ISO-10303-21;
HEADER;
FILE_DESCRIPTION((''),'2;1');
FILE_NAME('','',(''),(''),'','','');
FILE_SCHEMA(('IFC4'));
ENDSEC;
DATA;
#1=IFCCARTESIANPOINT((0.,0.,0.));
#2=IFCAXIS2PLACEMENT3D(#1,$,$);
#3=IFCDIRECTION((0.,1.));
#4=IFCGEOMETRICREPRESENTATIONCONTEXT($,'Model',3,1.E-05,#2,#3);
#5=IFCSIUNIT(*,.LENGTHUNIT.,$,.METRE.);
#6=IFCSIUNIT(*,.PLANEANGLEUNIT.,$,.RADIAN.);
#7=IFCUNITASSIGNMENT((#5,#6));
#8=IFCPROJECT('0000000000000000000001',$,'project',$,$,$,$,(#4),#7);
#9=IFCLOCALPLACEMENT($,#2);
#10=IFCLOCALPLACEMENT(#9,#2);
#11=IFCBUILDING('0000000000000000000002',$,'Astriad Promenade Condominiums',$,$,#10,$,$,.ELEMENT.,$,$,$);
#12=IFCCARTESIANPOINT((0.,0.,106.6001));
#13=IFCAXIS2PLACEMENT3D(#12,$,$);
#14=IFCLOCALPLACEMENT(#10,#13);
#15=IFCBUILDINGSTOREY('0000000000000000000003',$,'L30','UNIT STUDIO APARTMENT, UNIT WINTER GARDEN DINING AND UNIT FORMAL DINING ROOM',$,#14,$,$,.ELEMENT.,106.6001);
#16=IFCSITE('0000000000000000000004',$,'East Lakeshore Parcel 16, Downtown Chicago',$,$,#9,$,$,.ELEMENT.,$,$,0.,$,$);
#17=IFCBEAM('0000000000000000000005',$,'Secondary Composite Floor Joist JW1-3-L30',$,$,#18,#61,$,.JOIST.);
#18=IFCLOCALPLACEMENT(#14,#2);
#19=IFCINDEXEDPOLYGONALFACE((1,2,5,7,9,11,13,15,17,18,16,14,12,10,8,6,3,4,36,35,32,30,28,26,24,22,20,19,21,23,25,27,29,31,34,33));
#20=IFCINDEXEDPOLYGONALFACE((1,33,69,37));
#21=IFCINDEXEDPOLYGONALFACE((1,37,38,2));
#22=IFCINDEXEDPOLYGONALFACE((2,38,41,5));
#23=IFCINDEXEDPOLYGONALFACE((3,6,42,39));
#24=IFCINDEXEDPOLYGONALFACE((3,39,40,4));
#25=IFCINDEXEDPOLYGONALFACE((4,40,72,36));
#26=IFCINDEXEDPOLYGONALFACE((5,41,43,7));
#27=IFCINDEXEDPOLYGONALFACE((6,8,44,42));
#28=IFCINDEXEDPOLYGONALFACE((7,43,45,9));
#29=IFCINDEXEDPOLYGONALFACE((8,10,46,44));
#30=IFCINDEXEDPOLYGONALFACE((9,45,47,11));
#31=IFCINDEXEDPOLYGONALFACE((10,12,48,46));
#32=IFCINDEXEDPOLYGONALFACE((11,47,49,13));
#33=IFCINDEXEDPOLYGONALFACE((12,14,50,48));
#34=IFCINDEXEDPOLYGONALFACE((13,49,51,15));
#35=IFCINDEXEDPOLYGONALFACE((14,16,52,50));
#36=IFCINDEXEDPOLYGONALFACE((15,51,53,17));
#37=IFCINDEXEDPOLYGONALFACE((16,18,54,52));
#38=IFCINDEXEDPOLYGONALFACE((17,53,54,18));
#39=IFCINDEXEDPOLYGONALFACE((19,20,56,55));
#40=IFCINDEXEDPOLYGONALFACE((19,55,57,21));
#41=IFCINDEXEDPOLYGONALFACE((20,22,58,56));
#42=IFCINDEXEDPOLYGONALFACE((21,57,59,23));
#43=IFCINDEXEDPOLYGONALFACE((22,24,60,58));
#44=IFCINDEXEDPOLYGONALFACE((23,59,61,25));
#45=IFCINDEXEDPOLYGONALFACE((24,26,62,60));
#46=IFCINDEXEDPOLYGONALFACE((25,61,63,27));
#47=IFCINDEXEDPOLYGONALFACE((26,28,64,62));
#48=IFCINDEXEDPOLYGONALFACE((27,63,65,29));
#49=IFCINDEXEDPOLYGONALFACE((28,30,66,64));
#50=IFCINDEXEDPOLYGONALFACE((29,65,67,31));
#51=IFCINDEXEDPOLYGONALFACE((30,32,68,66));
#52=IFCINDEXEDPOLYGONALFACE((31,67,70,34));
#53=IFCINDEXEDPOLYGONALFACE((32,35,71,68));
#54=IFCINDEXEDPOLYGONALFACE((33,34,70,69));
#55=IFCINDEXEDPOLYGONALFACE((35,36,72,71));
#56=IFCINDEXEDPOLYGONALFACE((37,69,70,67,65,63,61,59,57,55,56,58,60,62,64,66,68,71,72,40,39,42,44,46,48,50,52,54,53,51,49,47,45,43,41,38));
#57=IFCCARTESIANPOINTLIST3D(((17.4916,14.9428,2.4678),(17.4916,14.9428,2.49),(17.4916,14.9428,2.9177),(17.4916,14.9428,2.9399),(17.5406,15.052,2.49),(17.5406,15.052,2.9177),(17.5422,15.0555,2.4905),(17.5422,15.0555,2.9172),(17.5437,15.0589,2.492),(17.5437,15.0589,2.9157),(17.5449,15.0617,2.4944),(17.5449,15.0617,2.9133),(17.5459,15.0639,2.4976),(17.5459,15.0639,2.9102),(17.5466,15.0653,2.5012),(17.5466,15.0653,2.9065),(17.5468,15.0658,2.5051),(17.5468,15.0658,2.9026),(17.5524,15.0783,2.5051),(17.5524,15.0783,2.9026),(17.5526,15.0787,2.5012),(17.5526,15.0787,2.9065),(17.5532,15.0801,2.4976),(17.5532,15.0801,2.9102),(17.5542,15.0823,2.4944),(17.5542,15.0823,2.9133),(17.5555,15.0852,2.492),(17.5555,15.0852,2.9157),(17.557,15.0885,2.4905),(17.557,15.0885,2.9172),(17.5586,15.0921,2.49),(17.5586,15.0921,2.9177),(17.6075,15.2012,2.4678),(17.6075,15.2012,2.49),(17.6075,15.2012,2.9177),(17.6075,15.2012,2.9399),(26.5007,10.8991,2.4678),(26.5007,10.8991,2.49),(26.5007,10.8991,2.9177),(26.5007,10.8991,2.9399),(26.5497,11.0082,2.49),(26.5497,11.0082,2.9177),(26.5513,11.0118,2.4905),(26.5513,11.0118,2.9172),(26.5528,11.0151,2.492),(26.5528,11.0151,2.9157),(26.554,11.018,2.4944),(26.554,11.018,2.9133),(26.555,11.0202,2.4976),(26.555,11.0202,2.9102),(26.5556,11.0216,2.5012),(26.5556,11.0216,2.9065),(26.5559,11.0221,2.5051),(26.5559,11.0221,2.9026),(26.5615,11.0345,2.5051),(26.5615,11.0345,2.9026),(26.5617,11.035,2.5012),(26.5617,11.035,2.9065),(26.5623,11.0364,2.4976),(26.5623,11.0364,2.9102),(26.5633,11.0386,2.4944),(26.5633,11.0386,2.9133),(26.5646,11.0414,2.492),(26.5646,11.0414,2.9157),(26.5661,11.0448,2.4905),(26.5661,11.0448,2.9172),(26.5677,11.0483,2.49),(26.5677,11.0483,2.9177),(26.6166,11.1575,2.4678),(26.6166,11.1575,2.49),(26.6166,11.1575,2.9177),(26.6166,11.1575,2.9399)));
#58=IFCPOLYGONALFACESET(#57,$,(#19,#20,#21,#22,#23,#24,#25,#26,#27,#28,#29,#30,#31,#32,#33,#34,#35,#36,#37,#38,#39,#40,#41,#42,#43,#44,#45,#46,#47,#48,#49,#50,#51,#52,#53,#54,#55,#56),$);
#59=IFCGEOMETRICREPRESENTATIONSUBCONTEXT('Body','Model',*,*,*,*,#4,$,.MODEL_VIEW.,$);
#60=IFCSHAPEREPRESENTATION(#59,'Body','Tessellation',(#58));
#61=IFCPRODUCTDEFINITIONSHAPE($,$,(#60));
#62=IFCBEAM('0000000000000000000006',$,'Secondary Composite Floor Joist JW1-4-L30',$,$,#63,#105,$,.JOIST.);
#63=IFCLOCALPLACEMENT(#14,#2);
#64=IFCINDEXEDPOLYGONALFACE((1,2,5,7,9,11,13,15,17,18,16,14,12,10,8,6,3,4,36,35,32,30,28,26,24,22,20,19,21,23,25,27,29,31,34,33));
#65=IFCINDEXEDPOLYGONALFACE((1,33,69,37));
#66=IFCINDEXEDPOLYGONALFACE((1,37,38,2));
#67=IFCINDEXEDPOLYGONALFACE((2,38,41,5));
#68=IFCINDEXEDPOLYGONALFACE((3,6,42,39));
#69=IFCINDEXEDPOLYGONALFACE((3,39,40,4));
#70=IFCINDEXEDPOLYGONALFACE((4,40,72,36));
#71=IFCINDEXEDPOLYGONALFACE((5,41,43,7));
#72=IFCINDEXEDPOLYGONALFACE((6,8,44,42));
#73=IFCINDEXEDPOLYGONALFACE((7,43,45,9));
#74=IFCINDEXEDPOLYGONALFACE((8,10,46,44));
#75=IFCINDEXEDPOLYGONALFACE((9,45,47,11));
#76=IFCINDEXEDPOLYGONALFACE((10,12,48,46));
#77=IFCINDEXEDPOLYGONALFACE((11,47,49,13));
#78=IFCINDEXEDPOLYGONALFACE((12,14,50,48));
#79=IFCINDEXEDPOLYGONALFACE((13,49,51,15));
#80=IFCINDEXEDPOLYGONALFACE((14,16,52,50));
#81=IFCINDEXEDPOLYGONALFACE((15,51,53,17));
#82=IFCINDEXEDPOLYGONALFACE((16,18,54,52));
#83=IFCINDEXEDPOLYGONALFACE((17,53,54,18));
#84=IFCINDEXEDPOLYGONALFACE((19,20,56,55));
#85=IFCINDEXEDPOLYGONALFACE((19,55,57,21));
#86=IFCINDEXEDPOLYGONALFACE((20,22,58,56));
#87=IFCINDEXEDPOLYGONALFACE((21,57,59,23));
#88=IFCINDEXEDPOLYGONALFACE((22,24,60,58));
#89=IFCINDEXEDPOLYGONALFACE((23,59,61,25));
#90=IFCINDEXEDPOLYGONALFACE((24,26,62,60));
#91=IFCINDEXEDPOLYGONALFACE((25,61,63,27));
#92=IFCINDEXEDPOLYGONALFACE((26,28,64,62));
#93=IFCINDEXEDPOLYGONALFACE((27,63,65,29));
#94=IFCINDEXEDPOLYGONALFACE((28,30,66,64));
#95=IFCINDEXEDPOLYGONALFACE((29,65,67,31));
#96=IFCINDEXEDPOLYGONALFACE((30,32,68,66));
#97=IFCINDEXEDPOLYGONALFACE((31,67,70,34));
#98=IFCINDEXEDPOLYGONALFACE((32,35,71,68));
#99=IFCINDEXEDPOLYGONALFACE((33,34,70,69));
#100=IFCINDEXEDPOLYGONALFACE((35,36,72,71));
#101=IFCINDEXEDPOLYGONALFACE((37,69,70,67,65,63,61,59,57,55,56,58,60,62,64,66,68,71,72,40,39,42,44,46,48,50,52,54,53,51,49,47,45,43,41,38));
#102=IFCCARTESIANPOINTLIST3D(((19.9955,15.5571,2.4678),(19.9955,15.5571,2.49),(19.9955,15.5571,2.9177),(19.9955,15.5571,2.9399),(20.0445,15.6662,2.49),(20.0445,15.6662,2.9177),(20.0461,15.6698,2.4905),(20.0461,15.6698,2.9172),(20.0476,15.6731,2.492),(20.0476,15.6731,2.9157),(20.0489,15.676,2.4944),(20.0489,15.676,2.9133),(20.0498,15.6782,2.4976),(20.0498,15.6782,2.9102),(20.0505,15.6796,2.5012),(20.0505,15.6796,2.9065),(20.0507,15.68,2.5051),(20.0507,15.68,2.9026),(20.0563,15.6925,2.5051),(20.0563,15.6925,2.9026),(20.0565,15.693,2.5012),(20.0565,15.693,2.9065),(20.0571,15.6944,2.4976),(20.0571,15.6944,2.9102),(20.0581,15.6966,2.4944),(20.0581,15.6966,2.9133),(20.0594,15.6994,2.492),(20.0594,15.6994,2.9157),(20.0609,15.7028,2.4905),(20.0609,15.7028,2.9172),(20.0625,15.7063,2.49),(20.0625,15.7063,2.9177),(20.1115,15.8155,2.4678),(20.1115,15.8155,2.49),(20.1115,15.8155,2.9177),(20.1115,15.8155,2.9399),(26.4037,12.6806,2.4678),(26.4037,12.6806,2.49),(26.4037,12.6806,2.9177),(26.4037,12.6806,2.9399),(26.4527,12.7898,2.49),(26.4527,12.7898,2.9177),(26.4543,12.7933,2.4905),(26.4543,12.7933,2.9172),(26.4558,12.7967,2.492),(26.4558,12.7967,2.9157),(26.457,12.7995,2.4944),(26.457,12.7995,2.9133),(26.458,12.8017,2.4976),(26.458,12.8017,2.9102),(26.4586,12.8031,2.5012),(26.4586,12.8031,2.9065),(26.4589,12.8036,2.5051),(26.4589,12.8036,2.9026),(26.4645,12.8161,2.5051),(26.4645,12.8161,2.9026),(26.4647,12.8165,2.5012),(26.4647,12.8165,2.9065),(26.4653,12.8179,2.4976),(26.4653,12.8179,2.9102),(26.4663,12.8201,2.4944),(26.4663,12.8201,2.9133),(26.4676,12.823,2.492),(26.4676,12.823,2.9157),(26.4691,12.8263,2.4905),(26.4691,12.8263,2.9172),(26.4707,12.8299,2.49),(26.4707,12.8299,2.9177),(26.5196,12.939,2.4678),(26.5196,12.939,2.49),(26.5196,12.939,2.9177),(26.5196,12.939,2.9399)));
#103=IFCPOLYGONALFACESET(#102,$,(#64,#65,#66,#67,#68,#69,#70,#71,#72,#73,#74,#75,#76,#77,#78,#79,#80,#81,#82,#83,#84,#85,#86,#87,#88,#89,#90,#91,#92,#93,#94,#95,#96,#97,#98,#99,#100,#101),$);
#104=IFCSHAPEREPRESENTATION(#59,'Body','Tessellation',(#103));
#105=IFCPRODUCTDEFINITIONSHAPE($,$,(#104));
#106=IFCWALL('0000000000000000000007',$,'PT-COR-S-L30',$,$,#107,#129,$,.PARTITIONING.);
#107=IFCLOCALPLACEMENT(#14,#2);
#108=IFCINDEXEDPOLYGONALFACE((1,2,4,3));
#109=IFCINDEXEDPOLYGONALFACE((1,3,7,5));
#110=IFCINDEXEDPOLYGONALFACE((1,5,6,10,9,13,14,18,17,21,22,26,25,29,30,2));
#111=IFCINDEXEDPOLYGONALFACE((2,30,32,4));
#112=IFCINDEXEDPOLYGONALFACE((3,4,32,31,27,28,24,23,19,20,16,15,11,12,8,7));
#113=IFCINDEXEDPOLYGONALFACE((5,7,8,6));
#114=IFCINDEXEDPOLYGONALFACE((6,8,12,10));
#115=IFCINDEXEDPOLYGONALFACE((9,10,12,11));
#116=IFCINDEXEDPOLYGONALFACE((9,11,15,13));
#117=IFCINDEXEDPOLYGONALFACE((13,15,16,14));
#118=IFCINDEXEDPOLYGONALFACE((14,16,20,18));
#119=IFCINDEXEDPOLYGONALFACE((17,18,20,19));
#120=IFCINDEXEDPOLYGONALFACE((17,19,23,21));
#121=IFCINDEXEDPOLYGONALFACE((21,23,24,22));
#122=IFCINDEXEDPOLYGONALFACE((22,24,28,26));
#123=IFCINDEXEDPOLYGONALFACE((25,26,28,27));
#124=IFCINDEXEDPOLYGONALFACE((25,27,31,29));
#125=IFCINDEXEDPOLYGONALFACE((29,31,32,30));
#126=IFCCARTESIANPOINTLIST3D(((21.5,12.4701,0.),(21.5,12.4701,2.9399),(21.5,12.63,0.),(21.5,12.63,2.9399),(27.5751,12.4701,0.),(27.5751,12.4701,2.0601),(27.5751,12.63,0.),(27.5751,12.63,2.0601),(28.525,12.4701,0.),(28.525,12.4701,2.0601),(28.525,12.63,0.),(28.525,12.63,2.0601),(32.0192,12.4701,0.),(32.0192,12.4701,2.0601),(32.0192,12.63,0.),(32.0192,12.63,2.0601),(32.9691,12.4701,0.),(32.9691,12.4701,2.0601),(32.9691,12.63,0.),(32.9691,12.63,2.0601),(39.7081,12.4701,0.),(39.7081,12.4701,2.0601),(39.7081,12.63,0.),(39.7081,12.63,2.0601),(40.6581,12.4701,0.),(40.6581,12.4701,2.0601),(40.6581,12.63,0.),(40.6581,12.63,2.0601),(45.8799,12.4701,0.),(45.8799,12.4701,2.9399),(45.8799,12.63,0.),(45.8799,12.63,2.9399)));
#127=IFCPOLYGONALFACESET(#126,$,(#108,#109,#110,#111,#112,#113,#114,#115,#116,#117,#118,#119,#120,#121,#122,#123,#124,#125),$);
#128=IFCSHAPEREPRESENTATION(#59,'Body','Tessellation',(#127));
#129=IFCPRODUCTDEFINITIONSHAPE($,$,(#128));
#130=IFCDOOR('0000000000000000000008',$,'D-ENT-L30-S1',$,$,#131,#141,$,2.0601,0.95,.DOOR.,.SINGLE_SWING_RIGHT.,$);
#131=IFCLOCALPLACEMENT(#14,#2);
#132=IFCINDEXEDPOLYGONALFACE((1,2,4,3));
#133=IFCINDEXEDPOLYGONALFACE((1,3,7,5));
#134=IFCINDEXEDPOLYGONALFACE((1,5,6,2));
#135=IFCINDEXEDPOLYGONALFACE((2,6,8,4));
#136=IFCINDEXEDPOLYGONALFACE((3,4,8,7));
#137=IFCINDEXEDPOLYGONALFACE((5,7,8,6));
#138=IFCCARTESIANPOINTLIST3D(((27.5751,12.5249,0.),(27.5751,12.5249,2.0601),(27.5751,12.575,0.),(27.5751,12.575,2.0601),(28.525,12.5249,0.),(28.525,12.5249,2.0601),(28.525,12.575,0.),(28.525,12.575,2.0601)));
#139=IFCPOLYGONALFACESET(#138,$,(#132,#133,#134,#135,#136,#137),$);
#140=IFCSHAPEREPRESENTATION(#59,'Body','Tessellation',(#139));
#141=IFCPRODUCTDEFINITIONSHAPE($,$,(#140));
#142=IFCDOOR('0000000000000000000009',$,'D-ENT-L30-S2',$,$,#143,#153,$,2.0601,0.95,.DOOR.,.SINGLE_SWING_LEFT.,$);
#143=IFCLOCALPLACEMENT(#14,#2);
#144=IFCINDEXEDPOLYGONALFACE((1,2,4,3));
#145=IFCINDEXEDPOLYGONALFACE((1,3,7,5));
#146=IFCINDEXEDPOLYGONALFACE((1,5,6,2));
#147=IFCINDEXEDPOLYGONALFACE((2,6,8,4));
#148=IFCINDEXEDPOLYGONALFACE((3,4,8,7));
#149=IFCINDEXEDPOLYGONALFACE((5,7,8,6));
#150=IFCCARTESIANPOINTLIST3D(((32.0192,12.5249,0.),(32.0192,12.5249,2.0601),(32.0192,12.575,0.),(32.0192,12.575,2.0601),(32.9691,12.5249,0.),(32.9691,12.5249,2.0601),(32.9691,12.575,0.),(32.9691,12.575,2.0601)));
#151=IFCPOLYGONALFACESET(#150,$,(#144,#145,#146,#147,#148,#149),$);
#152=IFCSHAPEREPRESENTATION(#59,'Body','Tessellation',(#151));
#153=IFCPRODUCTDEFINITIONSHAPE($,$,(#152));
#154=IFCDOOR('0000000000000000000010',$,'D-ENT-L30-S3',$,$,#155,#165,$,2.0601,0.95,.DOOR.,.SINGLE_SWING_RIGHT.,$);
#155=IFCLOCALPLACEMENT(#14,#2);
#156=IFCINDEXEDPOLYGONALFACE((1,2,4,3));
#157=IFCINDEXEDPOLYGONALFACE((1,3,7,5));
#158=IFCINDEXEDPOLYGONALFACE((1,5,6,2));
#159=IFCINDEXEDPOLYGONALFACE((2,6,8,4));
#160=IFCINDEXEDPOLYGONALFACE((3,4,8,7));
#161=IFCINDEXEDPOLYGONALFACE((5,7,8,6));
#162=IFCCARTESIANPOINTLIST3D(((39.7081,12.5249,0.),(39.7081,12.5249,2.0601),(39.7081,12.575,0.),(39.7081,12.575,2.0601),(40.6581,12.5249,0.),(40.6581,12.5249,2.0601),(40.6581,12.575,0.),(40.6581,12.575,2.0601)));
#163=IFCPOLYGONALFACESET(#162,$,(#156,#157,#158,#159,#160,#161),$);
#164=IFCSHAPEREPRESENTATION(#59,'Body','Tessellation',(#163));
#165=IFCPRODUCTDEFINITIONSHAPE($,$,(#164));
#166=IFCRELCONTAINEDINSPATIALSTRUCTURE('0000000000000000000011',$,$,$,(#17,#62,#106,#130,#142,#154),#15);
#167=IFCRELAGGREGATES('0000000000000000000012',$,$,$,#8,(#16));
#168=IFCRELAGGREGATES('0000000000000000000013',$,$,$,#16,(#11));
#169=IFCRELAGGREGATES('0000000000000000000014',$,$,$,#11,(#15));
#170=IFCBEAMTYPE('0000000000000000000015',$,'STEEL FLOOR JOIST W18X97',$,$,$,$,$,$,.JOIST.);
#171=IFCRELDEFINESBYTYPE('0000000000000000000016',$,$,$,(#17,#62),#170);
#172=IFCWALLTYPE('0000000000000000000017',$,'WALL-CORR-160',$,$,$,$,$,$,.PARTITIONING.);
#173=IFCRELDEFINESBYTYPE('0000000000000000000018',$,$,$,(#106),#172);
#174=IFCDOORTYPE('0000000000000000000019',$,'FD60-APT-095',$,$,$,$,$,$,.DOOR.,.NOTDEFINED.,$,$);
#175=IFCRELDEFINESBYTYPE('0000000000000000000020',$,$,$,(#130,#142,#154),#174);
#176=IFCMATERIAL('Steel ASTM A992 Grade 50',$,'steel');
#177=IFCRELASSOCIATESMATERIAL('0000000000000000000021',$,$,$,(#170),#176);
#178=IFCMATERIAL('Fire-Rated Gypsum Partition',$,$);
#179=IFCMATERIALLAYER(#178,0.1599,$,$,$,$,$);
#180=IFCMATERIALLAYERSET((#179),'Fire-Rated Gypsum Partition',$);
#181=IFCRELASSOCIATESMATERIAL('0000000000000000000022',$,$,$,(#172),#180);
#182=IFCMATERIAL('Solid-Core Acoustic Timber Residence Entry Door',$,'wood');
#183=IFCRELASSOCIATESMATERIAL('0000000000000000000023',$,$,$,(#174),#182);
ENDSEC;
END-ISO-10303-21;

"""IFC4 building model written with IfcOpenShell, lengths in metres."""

from ifc_helpers import new_model, si_unit, direction, frame, frame_2d, origin, origin_2d, place, context, subcontext, project, spatial, rectangle, i_section, extrude, source, transform, mapped, material, layer, layer_set, material_profile, profile_set, type_object, type_shapes, element, fill, save


model = new_model("IFC4")

# Units and contexts
model_context = context("Model", 3, precision=1e-05, world=origin(), true_north=direction((0.0, 1.0)))
body_context = subcontext(model_context, "Body", "Model", "MODEL_VIEW")
ifc_project = project(units=[si_unit("LENGTHUNIT", "METRE"), si_unit("PLANEANGLEUNIT", "RADIAN")], contexts=[model_context])

# Site, building, storey
site_placement = place(None, origin())
site = spatial("IfcSite", under=ifc_project, at=site_placement, Name="East Lakeshore Parcel 16, Downtown Chicago", CompositionType="ELEMENT", RefElevation=0.0)
building_placement = place(site_placement, origin())
building = spatial("IfcBuilding", under=site, at=building_placement, Name="Astriad Promenade Condominiums", CompositionType="ELEMENT")
storey_placement = place(building_placement, frame((0.0, 0.0, 106.6001)))
storey = spatial("IfcBuildingStorey", under=building, at=storey_placement, Name="L30", Description="UNIT STUDIO APARTMENT, UNIT WINTER GARDEN DINING AND UNIT FORMAL DINING ROOM", CompositionType="ELEMENT", Elevation=106.6001)

# Beams
ifc_material_1 = material(Name="Steel ASTM A992 Grade 50", Category="steel")
ifc_material_profile_1 = material_profile(ifc_material_1, i_section(OverallWidth=0.2832, OverallDepth=0.4722, WebThickness=0.0137, FlangeThickness=0.0222, FilletRadius=0.0151, at=origin_2d()), Name="W18X97")
ifc_profile_set_1 = profile_set([ifc_material_profile_1], Name="Steel ASTM A992 Grade 50")
beam_type_1 = type_object("IfcBeamType", Name="STEEL FLOOR JOIST W18X97", PredefinedType="JOIST", material=ifc_profile_set_1)
shared_shape_1 = source(origin(), body_context, "Body", "SweptSolid", [
    extrude(i_section(OverallWidth=0.2832, OverallDepth=0.4722, WebThickness=0.0137, FlangeThickness=0.0222, FilletRadius=0.0151, at=origin_2d()), origin(), (0.0, 0.0, 1.0), 9.875),
])
beam_1_placement = place(storey_placement, frame((17.5496, 15.072, 2.7039), z_axis=(0.912314, -0.409492, 0.0), x_axis=(0.409492, 0.912314, 0.0)))
element("IfcBeam", 1, at=beam_1_placement, inside=storey, type_object=beam_type_1, Name="Secondary Composite Floor Joist JW1-3-L30", PredefinedType="JOIST", context=body_context, shape_type="MappedRepresentation", body=[
    mapped(shared_shape_1, transform((0.0, 0.0, 0.0), scale=1.0)),
])
shared_shape_2 = source(origin(), body_context, "Body", "SweptSolid", [
    extrude(i_section(OverallWidth=0.2832, OverallDepth=0.4722, WebThickness=0.0137, FlangeThickness=0.0222, FilletRadius=0.0151, at=origin_2d()), origin(), (0.0, 0.0, 1.0), 7.0242),
])
beam_2_placement = place(storey_placement, frame((20.0535, 15.6863, 2.7039), z_axis=(0.912306, -0.409509, 0.0), x_axis=(0.409509, 0.912306, 0.0)))
element("IfcBeam", 2, at=beam_2_placement, inside=storey, type_object=beam_type_1, Name="Secondary Composite Floor Joist JW1-4-L30", PredefinedType="JOIST", context=body_context, shape_type="MappedRepresentation", body=[
    mapped(shared_shape_2, transform((0.0, 0.0, 0.0), scale=1.0)),
])

# Wall, openings, doors
ifc_material_2 = material(Name="Fire-Rated Gypsum Partition")
ifc_layer_1 = layer(ifc_material_2, 0.1599)
ifc_layer_set_1 = layer_set([ifc_layer_1], Name="Fire-Rated Gypsum Partition")
wall_type_1 = type_object("IfcWallType", Name="WALL-CORR-160", PredefinedType="PARTITIONING", material=ifc_layer_set_1)
wall_1_placement = place(storey_placement, frame((21.5, 12.55, 0.0), z_axis=(0.0, 0.0, 1.0), x_axis=(1.0, 0.0, 0.0)))
wall_1 = element("IfcWall", 3, at=wall_1_placement, inside=storey, type_object=wall_type_1, Name="PT-COR-S-L30", PredefinedType="PARTITIONING", context=body_context, shape_type="SweptSolid", body=[
    extrude(rectangle(XDim=24.3799, YDim=0.1599, at=frame_2d((12.1899, 0.0))), origin(), (0.0, 0.0, 1.0), 2.9399),
])
opening_1_placement = place(wall_1_placement, frame((6.075, 0.0, 0.0)))
opening_1 = element("IfcOpeningElement", 4, at=opening_1_placement, cuts=wall_1, PredefinedType="OPENING", context=body_context, shape_type="SweptSolid", body=[
    extrude(rectangle(XDim=0.95, YDim=2.0601, at=frame_2d((0.4751, 1.03))), frame((0.0, 0.0898, 0.0), z_axis=(0.0, -1.0, 0.0), x_axis=(1.0, 0.0, 0.0)), (0.0, 0.0, 1.0), 0.1799),
])
opening_2_placement = place(wall_1_placement, frame((10.519, 0.0, 0.0)))
opening_2 = element("IfcOpeningElement", 5, at=opening_2_placement, cuts=wall_1, PredefinedType="OPENING", context=body_context, shape_type="SweptSolid", body=[
    extrude(rectangle(XDim=0.95, YDim=2.0601, at=frame_2d((0.4751, 1.03))), frame((0.0, 0.0898, 0.0), z_axis=(0.0, -1.0, 0.0), x_axis=(1.0, 0.0, 0.0)), (0.0, 0.0, 1.0), 0.1799),
])
opening_3_placement = place(wall_1_placement, frame((18.208, 0.0, 0.0)))
opening_3 = element("IfcOpeningElement", 6, at=opening_3_placement, cuts=wall_1, PredefinedType="OPENING", context=body_context, shape_type="SweptSolid", body=[
    extrude(rectangle(XDim=0.95, YDim=2.0601, at=frame_2d((0.4751, 1.03))), frame((0.0, 0.0898, 0.0), z_axis=(0.0, -1.0, 0.0), x_axis=(1.0, 0.0, 0.0)), (0.0, 0.0, 1.0), 0.1799),
])
ifc_material_3 = material(Name="Solid-Core Acoustic Timber Residence Entry Door", Category="wood")
door_type_1 = type_object("IfcDoorType", Name="FD60-APT-095", OperationType="NOTDEFINED", PredefinedType="DOOR", material=ifc_material_3)
shared_shape_3 = source(origin(), body_context, "Body", "SweptSolid", [
    extrude(rectangle(XDim=0.95, YDim=2.0601, at=frame_2d((0.4751, 1.03))), frame((0.0, 0.0249, 0.0), z_axis=(0.0, -1.0, 0.0), x_axis=(1.0, 0.0, 0.0)), (0.0, 0.0, 1.0), 0.05),
])
type_shapes(door_type_1, [shared_shape_3])
door_1_placement = place(opening_1_placement, origin())
door_1 = element("IfcDoor", 7, at=door_1_placement, inside=storey, type_object=door_type_1, Name="D-ENT-L30-S1", OperationType="SINGLE_SWING_RIGHT", OverallHeight=2.0601, OverallWidth=0.95, PredefinedType="DOOR", context=body_context, shape_type="MappedRepresentation", body=[
    mapped(shared_shape_3, transform((0.0, 0.0, 0.0), scale=1.0)),
])
fill(opening_1, door_1)
door_2_placement = place(opening_2_placement, origin())
door_2 = element("IfcDoor", 8, at=door_2_placement, inside=storey, type_object=door_type_1, Name="D-ENT-L30-S2", OperationType="SINGLE_SWING_LEFT", OverallHeight=2.0601, OverallWidth=0.95, PredefinedType="DOOR", context=body_context, shape_type="MappedRepresentation", body=[
    mapped(shared_shape_3, transform((0.0, 0.0, 0.0), scale=1.0)),
])
fill(opening_2, door_2)
door_3_placement = place(opening_3_placement, origin())
door_3 = element("IfcDoor", 9, at=door_3_placement, inside=storey, type_object=door_type_1, Name="D-ENT-L30-S3", OperationType="SINGLE_SWING_RIGHT", OverallHeight=2.0601, OverallWidth=0.95, PredefinedType="DOOR", context=body_context, shape_type="MappedRepresentation", body=[
    mapped(shared_shape_3, transform((0.0, 0.0, 0.0), scale=1.0)),
])
fill(opening_3, door_3)

save(model, "model.ifc")
